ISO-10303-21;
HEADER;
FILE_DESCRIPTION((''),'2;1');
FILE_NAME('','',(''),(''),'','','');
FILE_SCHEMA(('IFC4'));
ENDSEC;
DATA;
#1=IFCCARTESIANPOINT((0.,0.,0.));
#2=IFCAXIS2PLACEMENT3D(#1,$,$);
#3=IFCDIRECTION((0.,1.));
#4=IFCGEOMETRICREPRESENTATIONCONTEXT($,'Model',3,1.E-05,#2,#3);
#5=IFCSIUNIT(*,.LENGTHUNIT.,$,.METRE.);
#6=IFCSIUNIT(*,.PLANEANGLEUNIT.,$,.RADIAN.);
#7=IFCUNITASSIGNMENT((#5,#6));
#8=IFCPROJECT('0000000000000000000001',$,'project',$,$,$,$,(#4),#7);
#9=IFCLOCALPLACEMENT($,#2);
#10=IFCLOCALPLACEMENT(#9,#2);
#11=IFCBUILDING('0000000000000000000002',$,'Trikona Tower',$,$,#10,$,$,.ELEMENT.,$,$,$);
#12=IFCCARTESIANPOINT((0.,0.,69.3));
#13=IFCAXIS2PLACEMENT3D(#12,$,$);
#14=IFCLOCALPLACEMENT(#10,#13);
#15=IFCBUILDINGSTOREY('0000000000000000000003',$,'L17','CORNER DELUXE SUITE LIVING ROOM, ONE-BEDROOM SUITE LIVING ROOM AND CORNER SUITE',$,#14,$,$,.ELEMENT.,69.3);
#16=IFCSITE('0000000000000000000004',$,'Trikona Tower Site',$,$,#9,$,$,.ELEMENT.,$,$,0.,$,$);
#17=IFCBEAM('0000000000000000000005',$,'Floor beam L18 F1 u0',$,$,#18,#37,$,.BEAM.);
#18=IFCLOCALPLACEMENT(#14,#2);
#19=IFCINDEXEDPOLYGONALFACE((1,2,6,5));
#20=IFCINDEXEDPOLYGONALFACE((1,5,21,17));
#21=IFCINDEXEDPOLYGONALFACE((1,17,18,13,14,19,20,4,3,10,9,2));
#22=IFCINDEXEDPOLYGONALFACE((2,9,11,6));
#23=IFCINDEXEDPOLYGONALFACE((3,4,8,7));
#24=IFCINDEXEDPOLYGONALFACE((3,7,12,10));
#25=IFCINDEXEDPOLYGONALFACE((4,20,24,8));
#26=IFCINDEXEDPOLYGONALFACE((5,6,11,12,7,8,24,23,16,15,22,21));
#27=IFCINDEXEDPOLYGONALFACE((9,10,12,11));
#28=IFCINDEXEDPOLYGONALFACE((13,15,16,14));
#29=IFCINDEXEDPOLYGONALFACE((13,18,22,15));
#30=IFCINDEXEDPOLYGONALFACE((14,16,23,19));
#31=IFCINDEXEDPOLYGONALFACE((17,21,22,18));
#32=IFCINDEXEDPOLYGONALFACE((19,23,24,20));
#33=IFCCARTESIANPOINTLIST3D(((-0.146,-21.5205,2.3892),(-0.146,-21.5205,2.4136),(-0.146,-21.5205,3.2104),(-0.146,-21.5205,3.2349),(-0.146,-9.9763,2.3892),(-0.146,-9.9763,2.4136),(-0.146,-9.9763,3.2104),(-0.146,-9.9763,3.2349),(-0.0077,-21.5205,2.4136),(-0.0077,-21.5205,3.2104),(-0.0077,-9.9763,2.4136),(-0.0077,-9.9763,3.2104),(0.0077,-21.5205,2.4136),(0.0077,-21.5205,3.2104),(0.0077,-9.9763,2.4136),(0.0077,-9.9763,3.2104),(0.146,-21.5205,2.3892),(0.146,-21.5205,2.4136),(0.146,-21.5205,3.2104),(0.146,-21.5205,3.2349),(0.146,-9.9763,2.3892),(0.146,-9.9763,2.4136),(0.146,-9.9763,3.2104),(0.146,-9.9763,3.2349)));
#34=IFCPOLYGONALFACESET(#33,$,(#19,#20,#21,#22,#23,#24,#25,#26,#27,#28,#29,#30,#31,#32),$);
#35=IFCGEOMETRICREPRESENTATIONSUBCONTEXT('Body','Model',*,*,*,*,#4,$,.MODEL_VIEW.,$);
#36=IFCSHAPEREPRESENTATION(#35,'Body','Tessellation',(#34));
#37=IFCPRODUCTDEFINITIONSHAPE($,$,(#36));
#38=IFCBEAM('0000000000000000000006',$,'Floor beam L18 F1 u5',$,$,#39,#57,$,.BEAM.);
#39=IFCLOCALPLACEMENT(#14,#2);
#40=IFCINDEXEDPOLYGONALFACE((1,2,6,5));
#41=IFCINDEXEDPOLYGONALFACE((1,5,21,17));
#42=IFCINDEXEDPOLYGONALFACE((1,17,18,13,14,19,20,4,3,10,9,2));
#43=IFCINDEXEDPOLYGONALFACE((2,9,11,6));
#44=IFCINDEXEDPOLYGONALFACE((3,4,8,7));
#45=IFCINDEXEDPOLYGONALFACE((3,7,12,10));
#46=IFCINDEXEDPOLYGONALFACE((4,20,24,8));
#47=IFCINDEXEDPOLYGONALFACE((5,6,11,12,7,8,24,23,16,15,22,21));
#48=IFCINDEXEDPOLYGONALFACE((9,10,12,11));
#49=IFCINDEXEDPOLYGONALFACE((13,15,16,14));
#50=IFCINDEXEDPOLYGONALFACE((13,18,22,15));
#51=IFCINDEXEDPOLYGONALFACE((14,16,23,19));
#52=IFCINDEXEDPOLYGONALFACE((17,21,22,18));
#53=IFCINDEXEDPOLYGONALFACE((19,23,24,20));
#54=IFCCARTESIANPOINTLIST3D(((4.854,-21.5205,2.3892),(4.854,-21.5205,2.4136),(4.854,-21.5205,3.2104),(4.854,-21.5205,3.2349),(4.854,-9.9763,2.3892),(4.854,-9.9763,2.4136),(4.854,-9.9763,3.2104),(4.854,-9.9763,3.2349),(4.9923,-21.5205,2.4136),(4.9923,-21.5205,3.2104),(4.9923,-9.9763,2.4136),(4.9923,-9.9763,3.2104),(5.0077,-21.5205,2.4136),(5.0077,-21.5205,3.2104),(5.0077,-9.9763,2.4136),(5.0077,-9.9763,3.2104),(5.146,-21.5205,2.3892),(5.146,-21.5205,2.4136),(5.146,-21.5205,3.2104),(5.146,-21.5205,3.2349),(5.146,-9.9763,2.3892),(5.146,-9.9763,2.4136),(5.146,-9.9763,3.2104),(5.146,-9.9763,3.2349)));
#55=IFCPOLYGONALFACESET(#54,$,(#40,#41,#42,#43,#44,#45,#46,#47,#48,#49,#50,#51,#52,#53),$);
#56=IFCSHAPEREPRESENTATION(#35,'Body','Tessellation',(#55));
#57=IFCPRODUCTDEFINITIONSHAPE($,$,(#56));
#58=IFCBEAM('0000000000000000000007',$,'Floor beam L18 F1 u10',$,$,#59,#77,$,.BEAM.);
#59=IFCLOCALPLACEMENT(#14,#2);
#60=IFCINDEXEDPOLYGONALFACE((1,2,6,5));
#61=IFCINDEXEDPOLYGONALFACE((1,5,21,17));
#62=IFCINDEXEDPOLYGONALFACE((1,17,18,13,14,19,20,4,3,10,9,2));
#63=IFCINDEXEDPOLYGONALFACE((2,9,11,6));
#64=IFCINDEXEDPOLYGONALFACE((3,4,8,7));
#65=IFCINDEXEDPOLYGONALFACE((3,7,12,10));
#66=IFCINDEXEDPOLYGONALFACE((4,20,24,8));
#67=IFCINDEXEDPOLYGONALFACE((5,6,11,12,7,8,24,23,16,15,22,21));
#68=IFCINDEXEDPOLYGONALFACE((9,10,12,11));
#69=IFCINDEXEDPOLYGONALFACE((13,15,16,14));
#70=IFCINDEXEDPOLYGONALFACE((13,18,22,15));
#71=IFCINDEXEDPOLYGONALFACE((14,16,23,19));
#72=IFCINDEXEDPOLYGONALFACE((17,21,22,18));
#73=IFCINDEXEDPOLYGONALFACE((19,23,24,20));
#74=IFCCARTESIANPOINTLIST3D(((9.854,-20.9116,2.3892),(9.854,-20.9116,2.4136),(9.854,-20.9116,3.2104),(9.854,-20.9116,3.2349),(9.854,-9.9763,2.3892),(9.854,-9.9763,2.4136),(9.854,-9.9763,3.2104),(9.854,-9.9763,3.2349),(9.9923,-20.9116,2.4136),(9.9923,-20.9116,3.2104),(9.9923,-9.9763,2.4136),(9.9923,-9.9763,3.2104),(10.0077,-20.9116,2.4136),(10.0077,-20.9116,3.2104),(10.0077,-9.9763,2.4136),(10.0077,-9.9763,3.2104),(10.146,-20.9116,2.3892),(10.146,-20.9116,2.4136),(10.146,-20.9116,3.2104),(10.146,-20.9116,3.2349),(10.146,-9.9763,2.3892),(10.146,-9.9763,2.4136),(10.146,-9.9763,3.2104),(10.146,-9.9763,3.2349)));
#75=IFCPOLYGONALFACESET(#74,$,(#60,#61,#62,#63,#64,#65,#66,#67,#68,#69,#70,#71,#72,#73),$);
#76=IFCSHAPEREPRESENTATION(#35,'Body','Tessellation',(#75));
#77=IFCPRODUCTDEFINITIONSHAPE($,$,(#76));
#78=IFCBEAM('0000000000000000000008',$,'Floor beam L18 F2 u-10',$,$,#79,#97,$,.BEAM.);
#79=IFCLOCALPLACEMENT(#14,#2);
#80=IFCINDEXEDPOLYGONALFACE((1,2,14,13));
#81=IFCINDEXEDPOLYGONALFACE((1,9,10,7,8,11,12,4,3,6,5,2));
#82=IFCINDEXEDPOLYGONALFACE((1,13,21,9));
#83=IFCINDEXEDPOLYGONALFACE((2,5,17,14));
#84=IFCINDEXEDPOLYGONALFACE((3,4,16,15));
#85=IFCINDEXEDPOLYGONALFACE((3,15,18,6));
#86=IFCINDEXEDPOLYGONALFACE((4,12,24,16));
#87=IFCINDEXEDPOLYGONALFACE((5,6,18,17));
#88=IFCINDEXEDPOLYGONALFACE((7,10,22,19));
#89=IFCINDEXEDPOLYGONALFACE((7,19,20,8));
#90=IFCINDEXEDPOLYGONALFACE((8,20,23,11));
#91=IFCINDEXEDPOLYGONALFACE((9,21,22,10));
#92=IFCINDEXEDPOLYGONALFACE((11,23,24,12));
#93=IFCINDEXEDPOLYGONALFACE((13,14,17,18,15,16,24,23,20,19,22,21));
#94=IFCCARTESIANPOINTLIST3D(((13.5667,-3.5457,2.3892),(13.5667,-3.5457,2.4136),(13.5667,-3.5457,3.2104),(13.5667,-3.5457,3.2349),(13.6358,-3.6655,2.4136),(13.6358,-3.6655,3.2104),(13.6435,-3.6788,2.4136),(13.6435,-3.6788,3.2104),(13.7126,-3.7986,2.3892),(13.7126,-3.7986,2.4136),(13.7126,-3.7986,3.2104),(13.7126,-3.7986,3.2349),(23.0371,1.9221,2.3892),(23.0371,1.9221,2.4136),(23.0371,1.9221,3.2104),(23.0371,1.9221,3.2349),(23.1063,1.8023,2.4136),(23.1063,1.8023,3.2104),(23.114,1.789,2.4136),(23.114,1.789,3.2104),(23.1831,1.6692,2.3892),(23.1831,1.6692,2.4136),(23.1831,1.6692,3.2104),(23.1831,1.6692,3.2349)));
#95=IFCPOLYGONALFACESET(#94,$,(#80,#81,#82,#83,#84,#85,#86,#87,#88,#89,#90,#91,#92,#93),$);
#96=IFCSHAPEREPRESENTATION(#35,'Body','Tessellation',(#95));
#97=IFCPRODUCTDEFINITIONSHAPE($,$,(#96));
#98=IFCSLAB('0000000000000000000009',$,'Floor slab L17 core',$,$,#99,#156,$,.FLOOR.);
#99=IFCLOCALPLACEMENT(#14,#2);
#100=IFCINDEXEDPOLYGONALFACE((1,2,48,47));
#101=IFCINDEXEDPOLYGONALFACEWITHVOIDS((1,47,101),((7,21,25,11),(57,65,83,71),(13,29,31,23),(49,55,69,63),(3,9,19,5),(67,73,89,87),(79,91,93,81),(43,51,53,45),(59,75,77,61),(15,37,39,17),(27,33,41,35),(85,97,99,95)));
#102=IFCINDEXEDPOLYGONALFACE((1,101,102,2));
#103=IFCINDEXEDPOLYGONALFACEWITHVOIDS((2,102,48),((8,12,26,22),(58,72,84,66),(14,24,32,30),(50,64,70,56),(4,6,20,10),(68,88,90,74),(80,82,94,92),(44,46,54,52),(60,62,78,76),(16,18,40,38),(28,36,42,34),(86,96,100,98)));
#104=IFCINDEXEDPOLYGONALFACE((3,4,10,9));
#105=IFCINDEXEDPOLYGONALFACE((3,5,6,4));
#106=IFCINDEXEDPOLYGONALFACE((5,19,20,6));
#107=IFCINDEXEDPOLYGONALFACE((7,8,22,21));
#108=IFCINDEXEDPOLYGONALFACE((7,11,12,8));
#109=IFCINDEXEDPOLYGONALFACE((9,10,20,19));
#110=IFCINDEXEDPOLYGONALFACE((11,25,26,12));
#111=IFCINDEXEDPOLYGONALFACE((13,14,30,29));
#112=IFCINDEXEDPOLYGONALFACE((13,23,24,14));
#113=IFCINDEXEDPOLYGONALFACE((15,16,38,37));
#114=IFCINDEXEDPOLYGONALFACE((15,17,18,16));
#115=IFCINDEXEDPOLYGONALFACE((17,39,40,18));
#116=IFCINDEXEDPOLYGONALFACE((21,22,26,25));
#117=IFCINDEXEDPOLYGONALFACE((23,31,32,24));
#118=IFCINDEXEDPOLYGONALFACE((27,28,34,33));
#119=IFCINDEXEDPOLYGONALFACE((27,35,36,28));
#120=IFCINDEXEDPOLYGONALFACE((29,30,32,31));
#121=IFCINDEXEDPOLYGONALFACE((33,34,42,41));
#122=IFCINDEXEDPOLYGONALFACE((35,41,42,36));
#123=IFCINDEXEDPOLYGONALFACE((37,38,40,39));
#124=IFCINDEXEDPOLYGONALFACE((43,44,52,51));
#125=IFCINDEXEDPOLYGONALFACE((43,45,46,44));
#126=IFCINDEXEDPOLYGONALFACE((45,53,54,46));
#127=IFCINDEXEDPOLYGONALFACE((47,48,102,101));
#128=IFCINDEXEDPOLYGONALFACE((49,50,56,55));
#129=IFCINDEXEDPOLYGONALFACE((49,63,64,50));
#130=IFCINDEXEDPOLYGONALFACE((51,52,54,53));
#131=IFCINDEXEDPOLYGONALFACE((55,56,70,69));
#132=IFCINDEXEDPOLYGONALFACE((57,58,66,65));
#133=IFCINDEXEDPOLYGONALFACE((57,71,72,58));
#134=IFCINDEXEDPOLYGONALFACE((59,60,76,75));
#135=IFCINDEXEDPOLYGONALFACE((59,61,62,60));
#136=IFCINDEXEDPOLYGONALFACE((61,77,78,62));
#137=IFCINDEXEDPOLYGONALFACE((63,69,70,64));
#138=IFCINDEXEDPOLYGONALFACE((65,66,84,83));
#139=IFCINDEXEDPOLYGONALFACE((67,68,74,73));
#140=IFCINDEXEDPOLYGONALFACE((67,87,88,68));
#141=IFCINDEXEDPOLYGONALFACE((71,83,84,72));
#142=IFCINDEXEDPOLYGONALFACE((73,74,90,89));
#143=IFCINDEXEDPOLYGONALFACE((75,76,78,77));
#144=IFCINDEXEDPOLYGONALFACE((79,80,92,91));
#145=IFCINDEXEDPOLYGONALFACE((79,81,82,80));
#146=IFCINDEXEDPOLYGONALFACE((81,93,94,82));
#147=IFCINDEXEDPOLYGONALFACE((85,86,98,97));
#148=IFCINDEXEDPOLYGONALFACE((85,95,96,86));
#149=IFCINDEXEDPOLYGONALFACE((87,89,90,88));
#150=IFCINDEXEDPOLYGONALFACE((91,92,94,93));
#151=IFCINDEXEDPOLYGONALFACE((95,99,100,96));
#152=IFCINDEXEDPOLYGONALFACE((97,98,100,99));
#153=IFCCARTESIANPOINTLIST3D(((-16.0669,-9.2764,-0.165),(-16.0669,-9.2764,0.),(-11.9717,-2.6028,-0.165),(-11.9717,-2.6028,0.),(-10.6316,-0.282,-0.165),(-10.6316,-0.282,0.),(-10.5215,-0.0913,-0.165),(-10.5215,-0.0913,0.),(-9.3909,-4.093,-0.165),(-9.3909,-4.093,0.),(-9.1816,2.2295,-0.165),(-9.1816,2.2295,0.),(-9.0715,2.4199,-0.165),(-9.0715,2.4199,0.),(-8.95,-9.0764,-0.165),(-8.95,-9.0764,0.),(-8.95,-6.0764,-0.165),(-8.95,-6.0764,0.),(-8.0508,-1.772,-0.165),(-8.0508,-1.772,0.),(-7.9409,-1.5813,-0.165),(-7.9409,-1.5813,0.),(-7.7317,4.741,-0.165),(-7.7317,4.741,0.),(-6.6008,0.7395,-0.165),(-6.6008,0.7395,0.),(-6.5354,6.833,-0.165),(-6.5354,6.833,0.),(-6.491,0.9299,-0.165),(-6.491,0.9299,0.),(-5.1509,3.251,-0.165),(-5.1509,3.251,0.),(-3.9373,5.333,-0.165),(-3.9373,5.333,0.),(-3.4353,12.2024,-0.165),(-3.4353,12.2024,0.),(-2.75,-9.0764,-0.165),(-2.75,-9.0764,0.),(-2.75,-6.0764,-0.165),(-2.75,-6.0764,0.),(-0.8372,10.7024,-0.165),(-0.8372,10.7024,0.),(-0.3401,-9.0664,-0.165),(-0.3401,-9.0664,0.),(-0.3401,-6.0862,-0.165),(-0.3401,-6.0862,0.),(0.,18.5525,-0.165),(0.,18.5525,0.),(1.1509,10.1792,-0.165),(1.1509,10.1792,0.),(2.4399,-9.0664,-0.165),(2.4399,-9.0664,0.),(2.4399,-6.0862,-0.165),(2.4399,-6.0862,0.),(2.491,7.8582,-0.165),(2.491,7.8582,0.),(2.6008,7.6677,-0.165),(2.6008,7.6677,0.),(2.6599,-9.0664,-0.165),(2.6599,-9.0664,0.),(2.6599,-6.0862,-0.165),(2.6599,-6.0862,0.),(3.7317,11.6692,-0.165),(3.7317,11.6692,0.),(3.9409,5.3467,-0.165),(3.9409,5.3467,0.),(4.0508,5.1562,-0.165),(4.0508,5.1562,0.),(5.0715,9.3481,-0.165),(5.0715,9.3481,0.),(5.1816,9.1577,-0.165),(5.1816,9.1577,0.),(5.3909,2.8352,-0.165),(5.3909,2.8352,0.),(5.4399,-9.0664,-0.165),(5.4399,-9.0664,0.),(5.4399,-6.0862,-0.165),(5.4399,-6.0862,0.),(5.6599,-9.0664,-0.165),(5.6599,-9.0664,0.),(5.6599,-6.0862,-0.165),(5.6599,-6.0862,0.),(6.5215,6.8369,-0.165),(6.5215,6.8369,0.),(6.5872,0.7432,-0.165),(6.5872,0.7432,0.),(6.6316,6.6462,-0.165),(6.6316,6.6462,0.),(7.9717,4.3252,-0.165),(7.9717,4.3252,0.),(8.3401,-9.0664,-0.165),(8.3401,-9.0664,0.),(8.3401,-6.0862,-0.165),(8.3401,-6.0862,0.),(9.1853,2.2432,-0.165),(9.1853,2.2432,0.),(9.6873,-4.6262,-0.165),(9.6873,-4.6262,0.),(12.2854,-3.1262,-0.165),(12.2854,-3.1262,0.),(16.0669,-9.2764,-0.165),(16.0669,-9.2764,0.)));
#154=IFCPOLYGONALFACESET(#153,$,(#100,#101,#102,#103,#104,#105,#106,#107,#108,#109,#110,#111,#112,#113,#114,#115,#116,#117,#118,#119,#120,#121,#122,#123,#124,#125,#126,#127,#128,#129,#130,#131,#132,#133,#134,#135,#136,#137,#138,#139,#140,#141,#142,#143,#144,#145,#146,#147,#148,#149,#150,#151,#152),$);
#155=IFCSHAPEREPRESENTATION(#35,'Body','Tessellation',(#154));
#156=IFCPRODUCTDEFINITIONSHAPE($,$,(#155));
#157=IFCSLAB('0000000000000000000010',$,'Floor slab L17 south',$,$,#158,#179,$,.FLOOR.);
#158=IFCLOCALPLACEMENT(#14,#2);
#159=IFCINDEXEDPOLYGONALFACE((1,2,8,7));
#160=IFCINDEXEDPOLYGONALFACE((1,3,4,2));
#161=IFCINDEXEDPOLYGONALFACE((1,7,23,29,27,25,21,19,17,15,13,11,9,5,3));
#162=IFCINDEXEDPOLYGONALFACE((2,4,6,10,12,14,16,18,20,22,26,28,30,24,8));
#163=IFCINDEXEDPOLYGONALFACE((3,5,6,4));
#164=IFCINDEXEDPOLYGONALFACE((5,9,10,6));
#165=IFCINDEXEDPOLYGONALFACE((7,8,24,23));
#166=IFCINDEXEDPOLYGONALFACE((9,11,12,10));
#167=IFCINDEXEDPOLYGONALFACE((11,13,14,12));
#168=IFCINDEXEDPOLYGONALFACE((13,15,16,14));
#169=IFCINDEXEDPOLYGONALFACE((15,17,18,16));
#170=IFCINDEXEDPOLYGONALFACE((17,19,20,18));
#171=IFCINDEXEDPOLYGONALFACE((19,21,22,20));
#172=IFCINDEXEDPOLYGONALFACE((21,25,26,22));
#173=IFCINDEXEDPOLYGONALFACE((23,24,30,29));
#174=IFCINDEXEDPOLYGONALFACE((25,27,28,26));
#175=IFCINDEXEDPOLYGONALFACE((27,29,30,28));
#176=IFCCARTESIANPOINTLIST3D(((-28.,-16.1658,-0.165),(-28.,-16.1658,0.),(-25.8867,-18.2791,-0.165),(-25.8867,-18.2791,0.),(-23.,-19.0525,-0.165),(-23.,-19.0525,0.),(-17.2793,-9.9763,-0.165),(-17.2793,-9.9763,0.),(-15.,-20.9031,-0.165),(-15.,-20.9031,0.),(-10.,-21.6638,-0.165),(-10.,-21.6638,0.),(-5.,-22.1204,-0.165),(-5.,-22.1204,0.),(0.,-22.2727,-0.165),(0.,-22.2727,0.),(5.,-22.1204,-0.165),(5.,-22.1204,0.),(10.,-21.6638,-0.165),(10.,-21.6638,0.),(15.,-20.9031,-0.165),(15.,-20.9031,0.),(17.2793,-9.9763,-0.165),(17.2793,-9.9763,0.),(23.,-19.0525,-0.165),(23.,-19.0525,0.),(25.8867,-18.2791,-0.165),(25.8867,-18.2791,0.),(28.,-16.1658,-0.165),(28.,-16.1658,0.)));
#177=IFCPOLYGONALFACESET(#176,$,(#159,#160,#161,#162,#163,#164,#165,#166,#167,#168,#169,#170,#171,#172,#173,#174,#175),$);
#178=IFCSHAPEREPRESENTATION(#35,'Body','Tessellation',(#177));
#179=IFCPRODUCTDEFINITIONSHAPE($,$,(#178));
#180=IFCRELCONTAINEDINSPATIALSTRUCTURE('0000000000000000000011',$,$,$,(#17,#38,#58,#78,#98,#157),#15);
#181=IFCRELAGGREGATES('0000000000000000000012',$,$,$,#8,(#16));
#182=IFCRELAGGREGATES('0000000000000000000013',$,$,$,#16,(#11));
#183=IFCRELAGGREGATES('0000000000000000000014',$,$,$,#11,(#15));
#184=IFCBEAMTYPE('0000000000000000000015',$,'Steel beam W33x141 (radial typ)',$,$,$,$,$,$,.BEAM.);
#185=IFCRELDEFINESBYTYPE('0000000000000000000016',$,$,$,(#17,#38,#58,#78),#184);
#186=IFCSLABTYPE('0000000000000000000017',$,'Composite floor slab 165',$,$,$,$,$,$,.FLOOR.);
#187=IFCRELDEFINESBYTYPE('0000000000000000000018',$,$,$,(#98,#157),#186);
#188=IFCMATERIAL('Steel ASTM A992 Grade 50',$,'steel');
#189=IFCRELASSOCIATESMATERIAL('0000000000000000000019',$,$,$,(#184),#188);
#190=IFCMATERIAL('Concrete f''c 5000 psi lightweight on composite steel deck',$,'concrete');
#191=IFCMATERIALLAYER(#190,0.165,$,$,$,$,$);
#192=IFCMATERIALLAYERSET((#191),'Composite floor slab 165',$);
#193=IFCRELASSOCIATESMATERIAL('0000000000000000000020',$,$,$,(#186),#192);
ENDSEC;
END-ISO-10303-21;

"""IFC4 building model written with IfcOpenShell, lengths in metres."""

from ifc_helpers import new_model, si_unit, direction, frame, origin, origin_2d, place, context, subcontext, project, spatial, polyline, i_section, outline, extrude, material, layer, layer_set, material_profile, profile_set, type_object, element, save


model = new_model("IFC4")

# Units and contexts
model_context = context("Model", 3, precision=1e-05, world=origin(), true_north=direction((0.0, 1.0)))
body_context = subcontext(model_context, "Body", "Model", "MODEL_VIEW")
ifc_project = project(units=[si_unit("LENGTHUNIT", "METRE"), si_unit("PLANEANGLEUNIT", "RADIAN")], contexts=[model_context])

# Site, building, storey
site_placement = place(None, origin())
site = spatial("IfcSite", under=ifc_project, at=site_placement, Name="Trikona Tower Site", CompositionType="ELEMENT", RefElevation=0.0)
building_placement = place(site_placement, origin())
building = spatial("IfcBuilding", under=site, at=building_placement, Name="Trikona Tower", CompositionType="ELEMENT")
storey_placement = place(building_placement, frame((0.0, 0.0, 69.3)))
storey = spatial("IfcBuildingStorey", under=building, at=storey_placement, Name="L17", Description="CORNER DELUXE SUITE LIVING ROOM, ONE-BEDROOM SUITE LIVING ROOM AND CORNER SUITE", CompositionType="ELEMENT", Elevation=69.3)

# Beams
ifc_material_1 = material(Name="Steel ASTM A992 Grade 50", Category="steel")
ifc_material_profile = material_profile(ifc_material_1, i_section(OverallWidth=0.292, OverallDepth=0.8457, WebThickness=0.0154, FlangeThickness=0.0244, at=origin_2d()), Name="W33X141")
ifc_profile_set = profile_set([ifc_material_profile], Name="Steel ASTM A992 Grade 50")
beam_type = type_object("IfcBeamType", Name="Steel beam W33x141 (radial typ)", PredefinedType="BEAM", material=ifc_profile_set)
for number, where, z_axis, x_axis, name in (
    (1, (0.0, -9.9763, 2.812), (0.0, -1.0, 0.0), (1.0, 0.0, 0.0), "Floor beam L18 F1 u0"),
    (2, (5.0, -9.9763, 2.812), (0.0, -1.0, 0.0), (1.0, 0.0, 0.0), "Floor beam L18 F1 u5"),
):
    element("IfcBeam", number, at=place(storey_placement, frame(where, z_axis=z_axis, x_axis=x_axis)), inside=storey, type_object=beam_type, Name=name, PredefinedType="BEAM", context=body_context, shape_type="SweptSolid", body=[
        extrude(i_section(OverallWidth=0.292, OverallDepth=0.8457, WebThickness=0.0154, FlangeThickness=0.0244, at=origin_2d()), origin(), (0.0, 0.0, 1.0), 11.5442),
    ])
beam_1_placement = place(storey_placement, frame((10.0, -9.9763, 2.812), z_axis=(0.0, -1.0, 0.0), x_axis=(1.0, 0.0, 0.0)))
element("IfcBeam", 3, at=beam_1_placement, inside=storey, type_object=beam_type, Name="Floor beam L18 F1 u10", PredefinedType="BEAM", context=body_context, shape_type="SweptSolid", body=[
    extrude(i_section(OverallWidth=0.292, OverallDepth=0.8457, WebThickness=0.0154, FlangeThickness=0.0244, at=origin_2d()), origin(), (0.0, 0.0, 1.0), 10.9353),
])
beam_2_placement = place(storey_placement, frame((13.6396, -3.6721, 2.812), z_axis=(0.866025, 0.5, 0.0), x_axis=(-0.5, 0.866025, 0.0)))
element("IfcBeam", 4, at=beam_2_placement, inside=storey, type_object=beam_type, Name="Floor beam L18 F2 u-10", PredefinedType="BEAM", context=body_context, shape_type="SweptSolid", body=[
    extrude(i_section(OverallWidth=0.292, OverallDepth=0.8457, WebThickness=0.0154, FlangeThickness=0.0244, at=origin_2d()), origin(), (0.0, 0.0, 1.0), 10.9355),
])

# Slabs
ifc_material_2 = material(Name="Concrete f'c 5000 psi lightweight on composite steel deck", Category="concrete")
ifc_layer_1 = layer(ifc_material_2, 0.165)
ifc_layer_set_1 = layer_set([ifc_layer_1], Name="Composite floor slab 165")
slab_type = type_object("IfcSlabType", Name="Composite floor slab 165", PredefinedType="FLOOR", material=ifc_layer_set_1)
slab_1_placement = place(storey_placement, frame((0.0, 0.0, -0.165)))
element("IfcSlab", 5, at=slab_1_placement, inside=storey, type_object=slab_type, Name="Floor slab L17 core", PredefinedType="FLOOR", context=body_context, shape_type="SweptSolid", body=[
    extrude(outline(polyline([(-16.0669, -9.2764), (16.0669, -9.2764), (0.0, 18.5525), (-16.0669, -9.2764)]), holes=[polyline([(12.2854, -3.1262), (9.1853, 2.2432), (6.5872, 0.7432), (9.6873, -4.6262), (12.2854, -3.1262)]), polyline([(8.3401, -9.0664), (8.3401, -6.0862), (5.6599, -6.0862), (5.6599, -9.0664), (8.3401, -9.0664)]), polyline([(5.3909, 2.8352), (7.9717, 4.3252), (6.6316, 6.6462), (4.0508, 5.1562), (5.3909, 2.8352)]), polyline([(2.6008, 7.6677), (3.9409, 5.3467), (6.5215, 6.8369), (5.1816, 9.1577), (2.6008, 7.6677)]), polyline([(5.4399, -6.0862), (2.6599, -6.0862), (2.6599, -9.0664), (5.4399, -9.0664), (5.4399, -6.0862)]), polyline([(3.7317, 11.6692), (1.1509, 10.1792), (2.491, 7.8582), (5.0715, 9.3481), (3.7317, 11.6692)]), polyline([(-0.3401, -6.0862), (-0.3401, -9.0664), (2.4399, -9.0664), (2.4399, -6.0862), (-0.3401, -6.0862)]), polyline([(-3.4353, 12.2024), (-6.5354, 6.833), (-3.9373, 5.333), (-0.8372, 10.7024), (-3.4353, 12.2024)]), polyline([(-8.95, -9.0764), (-2.75, -9.0764), (-2.75, -6.0764), (-8.95, -6.0764), (-8.95, -9.0764)]), polyline([(-5.1509, 3.251), (-7.7317, 4.741), (-9.0715, 2.4199), (-6.491, 0.9299), (-5.1509, 3.251)]), polyline([(-7.9409, -1.5813), (-6.6008, 0.7395), (-9.1816, 2.2295), (-10.5215, -0.0913), (-7.9409, -1.5813)]), polyline([(-11.9717, -2.6028), (-9.3909, -4.093), (-8.0508, -1.772), (-10.6316, -0.282), (-11.9717, -2.6028)])]), origin(), (0.0, 0.0, 1.0), 0.165),
])
slab_2_placement = place(storey_placement, frame((0.0, 0.0, -0.165)))
element("IfcSlab", 6, at=slab_2_placement, inside=storey, type_object=slab_type, Name="Floor slab L17 south", PredefinedType="FLOOR", context=body_context, shape_type="SweptSolid", body=[
    extrude(outline(polyline([(25.8867, -18.2791), (28.0, -16.1658), (17.2793, -9.9763), (-17.2793, -9.9763), (-28.0, -16.1658), (-25.8867, -18.2791), (-23.0, -19.0525), (-15.0, -20.9031), (-10.0, -21.6638), (-5.0, -22.1204), (0.0, -22.2727), (5.0, -22.1204), (10.0, -21.6638), (15.0, -20.9031), (23.0, -19.0525), (25.8867, -18.2791)])), origin(), (0.0, 0.0, 1.0), 0.165),
])

save(model, "model.ifc")
